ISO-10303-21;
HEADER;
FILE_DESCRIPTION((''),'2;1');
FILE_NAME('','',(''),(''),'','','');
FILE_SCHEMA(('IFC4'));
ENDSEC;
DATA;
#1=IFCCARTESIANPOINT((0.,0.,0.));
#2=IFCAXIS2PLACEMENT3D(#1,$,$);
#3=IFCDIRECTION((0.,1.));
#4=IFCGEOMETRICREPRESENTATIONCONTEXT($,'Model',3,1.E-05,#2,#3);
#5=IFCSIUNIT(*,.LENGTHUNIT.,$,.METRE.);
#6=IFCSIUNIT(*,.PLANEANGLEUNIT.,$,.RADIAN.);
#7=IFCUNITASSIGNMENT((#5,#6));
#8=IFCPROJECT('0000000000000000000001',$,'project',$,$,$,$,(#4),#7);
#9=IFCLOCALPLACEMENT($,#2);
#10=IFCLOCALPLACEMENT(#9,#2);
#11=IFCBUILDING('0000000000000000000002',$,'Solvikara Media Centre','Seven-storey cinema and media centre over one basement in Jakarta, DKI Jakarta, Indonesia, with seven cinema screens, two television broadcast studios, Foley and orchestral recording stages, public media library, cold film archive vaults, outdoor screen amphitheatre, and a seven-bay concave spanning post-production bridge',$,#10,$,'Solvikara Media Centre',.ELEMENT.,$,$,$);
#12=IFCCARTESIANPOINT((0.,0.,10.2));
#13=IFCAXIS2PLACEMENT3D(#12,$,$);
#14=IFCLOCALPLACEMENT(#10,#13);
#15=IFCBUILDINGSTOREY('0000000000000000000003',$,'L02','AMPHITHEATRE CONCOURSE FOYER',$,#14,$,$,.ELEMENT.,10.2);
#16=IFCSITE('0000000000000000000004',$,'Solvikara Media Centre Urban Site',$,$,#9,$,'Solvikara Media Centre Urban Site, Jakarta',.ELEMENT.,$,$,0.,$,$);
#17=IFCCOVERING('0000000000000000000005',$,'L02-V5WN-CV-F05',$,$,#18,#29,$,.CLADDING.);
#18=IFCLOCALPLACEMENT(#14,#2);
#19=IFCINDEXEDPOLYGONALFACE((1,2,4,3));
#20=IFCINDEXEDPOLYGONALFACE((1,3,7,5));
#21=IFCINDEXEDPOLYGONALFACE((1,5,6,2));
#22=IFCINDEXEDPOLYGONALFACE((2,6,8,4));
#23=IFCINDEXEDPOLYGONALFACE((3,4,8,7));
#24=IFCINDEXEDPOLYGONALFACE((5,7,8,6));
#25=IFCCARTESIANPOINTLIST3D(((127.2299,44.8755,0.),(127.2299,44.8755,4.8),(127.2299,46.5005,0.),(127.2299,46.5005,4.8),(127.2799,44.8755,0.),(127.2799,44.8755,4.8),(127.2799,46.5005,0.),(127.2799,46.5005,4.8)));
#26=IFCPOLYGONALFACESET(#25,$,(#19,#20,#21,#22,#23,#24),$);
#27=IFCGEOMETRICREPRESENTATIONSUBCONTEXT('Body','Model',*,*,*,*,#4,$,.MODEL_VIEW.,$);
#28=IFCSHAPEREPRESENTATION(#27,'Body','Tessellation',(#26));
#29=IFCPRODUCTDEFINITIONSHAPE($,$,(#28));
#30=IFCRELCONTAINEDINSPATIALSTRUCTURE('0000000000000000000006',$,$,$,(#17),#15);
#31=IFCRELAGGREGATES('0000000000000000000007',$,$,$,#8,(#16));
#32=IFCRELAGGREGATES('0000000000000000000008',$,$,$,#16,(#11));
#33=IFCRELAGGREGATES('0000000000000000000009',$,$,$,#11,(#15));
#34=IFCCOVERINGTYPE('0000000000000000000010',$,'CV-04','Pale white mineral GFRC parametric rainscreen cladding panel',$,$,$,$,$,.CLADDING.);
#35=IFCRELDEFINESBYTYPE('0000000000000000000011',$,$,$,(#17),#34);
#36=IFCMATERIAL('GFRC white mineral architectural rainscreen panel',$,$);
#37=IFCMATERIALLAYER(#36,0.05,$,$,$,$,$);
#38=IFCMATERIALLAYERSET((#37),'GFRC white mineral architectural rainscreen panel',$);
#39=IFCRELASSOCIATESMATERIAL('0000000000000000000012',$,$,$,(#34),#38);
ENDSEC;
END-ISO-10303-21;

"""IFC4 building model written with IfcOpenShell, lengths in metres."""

from ifc_helpers import new_model, si_unit, direction, frame, origin, origin_2d, place, context, subcontext, project, spatial, rectangle, extrude, material, layer, layer_set, type_object, element, save


model = new_model("IFC4")

# Units and contexts
model_context = context("Model", 3, precision=1e-05, world=origin(), true_north=direction((0.0, 1.0)))
body_context = subcontext(model_context, "Body", "Model", "MODEL_VIEW")
ifc_project = project(units=[si_unit("LENGTHUNIT", "METRE"), si_unit("PLANEANGLEUNIT", "RADIAN")], contexts=[model_context])

# Site, building, storey
site_placement = place(None, origin())
site = spatial("IfcSite", under=ifc_project, at=site_placement, Name="Solvikara Media Centre Urban Site", LongName="Solvikara Media Centre Urban Site, Jakarta", CompositionType="ELEMENT", RefElevation=0.0)
building_placement = place(site_placement, origin())
building = spatial("IfcBuilding", under=site, at=building_placement, Name="Solvikara Media Centre", Description="Seven-storey cinema and media centre over one basement in Jakarta, DKI Jakarta, Indonesia, with seven cinema screens, two television broadcast studios, Foley and orchestral recording stages, public media library, cold film archive vaults, outdoor screen amphitheatre, and a seven-bay concave spanning post-production bridge", LongName="Solvikara Media Centre", CompositionType="ELEMENT")
storey_placement = place(building_placement, frame((0.0, 0.0, 10.2)))
storey = spatial("IfcBuildingStorey", under=building, at=storey_placement, Name="L02", Description="AMPHITHEATRE CONCOURSE FOYER", CompositionType="ELEMENT", Elevation=10.2)

# Covering
ifc_material_1 = material(Name="GFRC white mineral architectural rainscreen panel")
ifc_layer_1 = layer(ifc_material_1, 0.05)
ifc_layer_set_1 = layer_set([ifc_layer_1], Name="GFRC white mineral architectural rainscreen panel")
covering_type_1 = type_object("IfcCoveringType", Name="CV-04", Description="Pale white mineral GFRC parametric rainscreen cladding panel", PredefinedType="CLADDING", material=ifc_layer_set_1)
covering_1_placement = place(storey_placement, frame((127.2549, 45.688, 0.0), z_axis=(0.0, 0.0, 1.0), x_axis=(0.0, 1.0, 0.0)))
element("IfcCovering", 1, at=covering_1_placement, inside=storey, type_object=covering_type_1, Name="L02-V5WN-CV-F05", PredefinedType="CLADDING", context=body_context, shape_type="SweptSolid", body=[
    extrude(rectangle(XDim=1.625, YDim=0.05, at=origin_2d()), origin(), (0.0, 0.0, 1.0), 4.8),
])

save(model, "model.ifc")
